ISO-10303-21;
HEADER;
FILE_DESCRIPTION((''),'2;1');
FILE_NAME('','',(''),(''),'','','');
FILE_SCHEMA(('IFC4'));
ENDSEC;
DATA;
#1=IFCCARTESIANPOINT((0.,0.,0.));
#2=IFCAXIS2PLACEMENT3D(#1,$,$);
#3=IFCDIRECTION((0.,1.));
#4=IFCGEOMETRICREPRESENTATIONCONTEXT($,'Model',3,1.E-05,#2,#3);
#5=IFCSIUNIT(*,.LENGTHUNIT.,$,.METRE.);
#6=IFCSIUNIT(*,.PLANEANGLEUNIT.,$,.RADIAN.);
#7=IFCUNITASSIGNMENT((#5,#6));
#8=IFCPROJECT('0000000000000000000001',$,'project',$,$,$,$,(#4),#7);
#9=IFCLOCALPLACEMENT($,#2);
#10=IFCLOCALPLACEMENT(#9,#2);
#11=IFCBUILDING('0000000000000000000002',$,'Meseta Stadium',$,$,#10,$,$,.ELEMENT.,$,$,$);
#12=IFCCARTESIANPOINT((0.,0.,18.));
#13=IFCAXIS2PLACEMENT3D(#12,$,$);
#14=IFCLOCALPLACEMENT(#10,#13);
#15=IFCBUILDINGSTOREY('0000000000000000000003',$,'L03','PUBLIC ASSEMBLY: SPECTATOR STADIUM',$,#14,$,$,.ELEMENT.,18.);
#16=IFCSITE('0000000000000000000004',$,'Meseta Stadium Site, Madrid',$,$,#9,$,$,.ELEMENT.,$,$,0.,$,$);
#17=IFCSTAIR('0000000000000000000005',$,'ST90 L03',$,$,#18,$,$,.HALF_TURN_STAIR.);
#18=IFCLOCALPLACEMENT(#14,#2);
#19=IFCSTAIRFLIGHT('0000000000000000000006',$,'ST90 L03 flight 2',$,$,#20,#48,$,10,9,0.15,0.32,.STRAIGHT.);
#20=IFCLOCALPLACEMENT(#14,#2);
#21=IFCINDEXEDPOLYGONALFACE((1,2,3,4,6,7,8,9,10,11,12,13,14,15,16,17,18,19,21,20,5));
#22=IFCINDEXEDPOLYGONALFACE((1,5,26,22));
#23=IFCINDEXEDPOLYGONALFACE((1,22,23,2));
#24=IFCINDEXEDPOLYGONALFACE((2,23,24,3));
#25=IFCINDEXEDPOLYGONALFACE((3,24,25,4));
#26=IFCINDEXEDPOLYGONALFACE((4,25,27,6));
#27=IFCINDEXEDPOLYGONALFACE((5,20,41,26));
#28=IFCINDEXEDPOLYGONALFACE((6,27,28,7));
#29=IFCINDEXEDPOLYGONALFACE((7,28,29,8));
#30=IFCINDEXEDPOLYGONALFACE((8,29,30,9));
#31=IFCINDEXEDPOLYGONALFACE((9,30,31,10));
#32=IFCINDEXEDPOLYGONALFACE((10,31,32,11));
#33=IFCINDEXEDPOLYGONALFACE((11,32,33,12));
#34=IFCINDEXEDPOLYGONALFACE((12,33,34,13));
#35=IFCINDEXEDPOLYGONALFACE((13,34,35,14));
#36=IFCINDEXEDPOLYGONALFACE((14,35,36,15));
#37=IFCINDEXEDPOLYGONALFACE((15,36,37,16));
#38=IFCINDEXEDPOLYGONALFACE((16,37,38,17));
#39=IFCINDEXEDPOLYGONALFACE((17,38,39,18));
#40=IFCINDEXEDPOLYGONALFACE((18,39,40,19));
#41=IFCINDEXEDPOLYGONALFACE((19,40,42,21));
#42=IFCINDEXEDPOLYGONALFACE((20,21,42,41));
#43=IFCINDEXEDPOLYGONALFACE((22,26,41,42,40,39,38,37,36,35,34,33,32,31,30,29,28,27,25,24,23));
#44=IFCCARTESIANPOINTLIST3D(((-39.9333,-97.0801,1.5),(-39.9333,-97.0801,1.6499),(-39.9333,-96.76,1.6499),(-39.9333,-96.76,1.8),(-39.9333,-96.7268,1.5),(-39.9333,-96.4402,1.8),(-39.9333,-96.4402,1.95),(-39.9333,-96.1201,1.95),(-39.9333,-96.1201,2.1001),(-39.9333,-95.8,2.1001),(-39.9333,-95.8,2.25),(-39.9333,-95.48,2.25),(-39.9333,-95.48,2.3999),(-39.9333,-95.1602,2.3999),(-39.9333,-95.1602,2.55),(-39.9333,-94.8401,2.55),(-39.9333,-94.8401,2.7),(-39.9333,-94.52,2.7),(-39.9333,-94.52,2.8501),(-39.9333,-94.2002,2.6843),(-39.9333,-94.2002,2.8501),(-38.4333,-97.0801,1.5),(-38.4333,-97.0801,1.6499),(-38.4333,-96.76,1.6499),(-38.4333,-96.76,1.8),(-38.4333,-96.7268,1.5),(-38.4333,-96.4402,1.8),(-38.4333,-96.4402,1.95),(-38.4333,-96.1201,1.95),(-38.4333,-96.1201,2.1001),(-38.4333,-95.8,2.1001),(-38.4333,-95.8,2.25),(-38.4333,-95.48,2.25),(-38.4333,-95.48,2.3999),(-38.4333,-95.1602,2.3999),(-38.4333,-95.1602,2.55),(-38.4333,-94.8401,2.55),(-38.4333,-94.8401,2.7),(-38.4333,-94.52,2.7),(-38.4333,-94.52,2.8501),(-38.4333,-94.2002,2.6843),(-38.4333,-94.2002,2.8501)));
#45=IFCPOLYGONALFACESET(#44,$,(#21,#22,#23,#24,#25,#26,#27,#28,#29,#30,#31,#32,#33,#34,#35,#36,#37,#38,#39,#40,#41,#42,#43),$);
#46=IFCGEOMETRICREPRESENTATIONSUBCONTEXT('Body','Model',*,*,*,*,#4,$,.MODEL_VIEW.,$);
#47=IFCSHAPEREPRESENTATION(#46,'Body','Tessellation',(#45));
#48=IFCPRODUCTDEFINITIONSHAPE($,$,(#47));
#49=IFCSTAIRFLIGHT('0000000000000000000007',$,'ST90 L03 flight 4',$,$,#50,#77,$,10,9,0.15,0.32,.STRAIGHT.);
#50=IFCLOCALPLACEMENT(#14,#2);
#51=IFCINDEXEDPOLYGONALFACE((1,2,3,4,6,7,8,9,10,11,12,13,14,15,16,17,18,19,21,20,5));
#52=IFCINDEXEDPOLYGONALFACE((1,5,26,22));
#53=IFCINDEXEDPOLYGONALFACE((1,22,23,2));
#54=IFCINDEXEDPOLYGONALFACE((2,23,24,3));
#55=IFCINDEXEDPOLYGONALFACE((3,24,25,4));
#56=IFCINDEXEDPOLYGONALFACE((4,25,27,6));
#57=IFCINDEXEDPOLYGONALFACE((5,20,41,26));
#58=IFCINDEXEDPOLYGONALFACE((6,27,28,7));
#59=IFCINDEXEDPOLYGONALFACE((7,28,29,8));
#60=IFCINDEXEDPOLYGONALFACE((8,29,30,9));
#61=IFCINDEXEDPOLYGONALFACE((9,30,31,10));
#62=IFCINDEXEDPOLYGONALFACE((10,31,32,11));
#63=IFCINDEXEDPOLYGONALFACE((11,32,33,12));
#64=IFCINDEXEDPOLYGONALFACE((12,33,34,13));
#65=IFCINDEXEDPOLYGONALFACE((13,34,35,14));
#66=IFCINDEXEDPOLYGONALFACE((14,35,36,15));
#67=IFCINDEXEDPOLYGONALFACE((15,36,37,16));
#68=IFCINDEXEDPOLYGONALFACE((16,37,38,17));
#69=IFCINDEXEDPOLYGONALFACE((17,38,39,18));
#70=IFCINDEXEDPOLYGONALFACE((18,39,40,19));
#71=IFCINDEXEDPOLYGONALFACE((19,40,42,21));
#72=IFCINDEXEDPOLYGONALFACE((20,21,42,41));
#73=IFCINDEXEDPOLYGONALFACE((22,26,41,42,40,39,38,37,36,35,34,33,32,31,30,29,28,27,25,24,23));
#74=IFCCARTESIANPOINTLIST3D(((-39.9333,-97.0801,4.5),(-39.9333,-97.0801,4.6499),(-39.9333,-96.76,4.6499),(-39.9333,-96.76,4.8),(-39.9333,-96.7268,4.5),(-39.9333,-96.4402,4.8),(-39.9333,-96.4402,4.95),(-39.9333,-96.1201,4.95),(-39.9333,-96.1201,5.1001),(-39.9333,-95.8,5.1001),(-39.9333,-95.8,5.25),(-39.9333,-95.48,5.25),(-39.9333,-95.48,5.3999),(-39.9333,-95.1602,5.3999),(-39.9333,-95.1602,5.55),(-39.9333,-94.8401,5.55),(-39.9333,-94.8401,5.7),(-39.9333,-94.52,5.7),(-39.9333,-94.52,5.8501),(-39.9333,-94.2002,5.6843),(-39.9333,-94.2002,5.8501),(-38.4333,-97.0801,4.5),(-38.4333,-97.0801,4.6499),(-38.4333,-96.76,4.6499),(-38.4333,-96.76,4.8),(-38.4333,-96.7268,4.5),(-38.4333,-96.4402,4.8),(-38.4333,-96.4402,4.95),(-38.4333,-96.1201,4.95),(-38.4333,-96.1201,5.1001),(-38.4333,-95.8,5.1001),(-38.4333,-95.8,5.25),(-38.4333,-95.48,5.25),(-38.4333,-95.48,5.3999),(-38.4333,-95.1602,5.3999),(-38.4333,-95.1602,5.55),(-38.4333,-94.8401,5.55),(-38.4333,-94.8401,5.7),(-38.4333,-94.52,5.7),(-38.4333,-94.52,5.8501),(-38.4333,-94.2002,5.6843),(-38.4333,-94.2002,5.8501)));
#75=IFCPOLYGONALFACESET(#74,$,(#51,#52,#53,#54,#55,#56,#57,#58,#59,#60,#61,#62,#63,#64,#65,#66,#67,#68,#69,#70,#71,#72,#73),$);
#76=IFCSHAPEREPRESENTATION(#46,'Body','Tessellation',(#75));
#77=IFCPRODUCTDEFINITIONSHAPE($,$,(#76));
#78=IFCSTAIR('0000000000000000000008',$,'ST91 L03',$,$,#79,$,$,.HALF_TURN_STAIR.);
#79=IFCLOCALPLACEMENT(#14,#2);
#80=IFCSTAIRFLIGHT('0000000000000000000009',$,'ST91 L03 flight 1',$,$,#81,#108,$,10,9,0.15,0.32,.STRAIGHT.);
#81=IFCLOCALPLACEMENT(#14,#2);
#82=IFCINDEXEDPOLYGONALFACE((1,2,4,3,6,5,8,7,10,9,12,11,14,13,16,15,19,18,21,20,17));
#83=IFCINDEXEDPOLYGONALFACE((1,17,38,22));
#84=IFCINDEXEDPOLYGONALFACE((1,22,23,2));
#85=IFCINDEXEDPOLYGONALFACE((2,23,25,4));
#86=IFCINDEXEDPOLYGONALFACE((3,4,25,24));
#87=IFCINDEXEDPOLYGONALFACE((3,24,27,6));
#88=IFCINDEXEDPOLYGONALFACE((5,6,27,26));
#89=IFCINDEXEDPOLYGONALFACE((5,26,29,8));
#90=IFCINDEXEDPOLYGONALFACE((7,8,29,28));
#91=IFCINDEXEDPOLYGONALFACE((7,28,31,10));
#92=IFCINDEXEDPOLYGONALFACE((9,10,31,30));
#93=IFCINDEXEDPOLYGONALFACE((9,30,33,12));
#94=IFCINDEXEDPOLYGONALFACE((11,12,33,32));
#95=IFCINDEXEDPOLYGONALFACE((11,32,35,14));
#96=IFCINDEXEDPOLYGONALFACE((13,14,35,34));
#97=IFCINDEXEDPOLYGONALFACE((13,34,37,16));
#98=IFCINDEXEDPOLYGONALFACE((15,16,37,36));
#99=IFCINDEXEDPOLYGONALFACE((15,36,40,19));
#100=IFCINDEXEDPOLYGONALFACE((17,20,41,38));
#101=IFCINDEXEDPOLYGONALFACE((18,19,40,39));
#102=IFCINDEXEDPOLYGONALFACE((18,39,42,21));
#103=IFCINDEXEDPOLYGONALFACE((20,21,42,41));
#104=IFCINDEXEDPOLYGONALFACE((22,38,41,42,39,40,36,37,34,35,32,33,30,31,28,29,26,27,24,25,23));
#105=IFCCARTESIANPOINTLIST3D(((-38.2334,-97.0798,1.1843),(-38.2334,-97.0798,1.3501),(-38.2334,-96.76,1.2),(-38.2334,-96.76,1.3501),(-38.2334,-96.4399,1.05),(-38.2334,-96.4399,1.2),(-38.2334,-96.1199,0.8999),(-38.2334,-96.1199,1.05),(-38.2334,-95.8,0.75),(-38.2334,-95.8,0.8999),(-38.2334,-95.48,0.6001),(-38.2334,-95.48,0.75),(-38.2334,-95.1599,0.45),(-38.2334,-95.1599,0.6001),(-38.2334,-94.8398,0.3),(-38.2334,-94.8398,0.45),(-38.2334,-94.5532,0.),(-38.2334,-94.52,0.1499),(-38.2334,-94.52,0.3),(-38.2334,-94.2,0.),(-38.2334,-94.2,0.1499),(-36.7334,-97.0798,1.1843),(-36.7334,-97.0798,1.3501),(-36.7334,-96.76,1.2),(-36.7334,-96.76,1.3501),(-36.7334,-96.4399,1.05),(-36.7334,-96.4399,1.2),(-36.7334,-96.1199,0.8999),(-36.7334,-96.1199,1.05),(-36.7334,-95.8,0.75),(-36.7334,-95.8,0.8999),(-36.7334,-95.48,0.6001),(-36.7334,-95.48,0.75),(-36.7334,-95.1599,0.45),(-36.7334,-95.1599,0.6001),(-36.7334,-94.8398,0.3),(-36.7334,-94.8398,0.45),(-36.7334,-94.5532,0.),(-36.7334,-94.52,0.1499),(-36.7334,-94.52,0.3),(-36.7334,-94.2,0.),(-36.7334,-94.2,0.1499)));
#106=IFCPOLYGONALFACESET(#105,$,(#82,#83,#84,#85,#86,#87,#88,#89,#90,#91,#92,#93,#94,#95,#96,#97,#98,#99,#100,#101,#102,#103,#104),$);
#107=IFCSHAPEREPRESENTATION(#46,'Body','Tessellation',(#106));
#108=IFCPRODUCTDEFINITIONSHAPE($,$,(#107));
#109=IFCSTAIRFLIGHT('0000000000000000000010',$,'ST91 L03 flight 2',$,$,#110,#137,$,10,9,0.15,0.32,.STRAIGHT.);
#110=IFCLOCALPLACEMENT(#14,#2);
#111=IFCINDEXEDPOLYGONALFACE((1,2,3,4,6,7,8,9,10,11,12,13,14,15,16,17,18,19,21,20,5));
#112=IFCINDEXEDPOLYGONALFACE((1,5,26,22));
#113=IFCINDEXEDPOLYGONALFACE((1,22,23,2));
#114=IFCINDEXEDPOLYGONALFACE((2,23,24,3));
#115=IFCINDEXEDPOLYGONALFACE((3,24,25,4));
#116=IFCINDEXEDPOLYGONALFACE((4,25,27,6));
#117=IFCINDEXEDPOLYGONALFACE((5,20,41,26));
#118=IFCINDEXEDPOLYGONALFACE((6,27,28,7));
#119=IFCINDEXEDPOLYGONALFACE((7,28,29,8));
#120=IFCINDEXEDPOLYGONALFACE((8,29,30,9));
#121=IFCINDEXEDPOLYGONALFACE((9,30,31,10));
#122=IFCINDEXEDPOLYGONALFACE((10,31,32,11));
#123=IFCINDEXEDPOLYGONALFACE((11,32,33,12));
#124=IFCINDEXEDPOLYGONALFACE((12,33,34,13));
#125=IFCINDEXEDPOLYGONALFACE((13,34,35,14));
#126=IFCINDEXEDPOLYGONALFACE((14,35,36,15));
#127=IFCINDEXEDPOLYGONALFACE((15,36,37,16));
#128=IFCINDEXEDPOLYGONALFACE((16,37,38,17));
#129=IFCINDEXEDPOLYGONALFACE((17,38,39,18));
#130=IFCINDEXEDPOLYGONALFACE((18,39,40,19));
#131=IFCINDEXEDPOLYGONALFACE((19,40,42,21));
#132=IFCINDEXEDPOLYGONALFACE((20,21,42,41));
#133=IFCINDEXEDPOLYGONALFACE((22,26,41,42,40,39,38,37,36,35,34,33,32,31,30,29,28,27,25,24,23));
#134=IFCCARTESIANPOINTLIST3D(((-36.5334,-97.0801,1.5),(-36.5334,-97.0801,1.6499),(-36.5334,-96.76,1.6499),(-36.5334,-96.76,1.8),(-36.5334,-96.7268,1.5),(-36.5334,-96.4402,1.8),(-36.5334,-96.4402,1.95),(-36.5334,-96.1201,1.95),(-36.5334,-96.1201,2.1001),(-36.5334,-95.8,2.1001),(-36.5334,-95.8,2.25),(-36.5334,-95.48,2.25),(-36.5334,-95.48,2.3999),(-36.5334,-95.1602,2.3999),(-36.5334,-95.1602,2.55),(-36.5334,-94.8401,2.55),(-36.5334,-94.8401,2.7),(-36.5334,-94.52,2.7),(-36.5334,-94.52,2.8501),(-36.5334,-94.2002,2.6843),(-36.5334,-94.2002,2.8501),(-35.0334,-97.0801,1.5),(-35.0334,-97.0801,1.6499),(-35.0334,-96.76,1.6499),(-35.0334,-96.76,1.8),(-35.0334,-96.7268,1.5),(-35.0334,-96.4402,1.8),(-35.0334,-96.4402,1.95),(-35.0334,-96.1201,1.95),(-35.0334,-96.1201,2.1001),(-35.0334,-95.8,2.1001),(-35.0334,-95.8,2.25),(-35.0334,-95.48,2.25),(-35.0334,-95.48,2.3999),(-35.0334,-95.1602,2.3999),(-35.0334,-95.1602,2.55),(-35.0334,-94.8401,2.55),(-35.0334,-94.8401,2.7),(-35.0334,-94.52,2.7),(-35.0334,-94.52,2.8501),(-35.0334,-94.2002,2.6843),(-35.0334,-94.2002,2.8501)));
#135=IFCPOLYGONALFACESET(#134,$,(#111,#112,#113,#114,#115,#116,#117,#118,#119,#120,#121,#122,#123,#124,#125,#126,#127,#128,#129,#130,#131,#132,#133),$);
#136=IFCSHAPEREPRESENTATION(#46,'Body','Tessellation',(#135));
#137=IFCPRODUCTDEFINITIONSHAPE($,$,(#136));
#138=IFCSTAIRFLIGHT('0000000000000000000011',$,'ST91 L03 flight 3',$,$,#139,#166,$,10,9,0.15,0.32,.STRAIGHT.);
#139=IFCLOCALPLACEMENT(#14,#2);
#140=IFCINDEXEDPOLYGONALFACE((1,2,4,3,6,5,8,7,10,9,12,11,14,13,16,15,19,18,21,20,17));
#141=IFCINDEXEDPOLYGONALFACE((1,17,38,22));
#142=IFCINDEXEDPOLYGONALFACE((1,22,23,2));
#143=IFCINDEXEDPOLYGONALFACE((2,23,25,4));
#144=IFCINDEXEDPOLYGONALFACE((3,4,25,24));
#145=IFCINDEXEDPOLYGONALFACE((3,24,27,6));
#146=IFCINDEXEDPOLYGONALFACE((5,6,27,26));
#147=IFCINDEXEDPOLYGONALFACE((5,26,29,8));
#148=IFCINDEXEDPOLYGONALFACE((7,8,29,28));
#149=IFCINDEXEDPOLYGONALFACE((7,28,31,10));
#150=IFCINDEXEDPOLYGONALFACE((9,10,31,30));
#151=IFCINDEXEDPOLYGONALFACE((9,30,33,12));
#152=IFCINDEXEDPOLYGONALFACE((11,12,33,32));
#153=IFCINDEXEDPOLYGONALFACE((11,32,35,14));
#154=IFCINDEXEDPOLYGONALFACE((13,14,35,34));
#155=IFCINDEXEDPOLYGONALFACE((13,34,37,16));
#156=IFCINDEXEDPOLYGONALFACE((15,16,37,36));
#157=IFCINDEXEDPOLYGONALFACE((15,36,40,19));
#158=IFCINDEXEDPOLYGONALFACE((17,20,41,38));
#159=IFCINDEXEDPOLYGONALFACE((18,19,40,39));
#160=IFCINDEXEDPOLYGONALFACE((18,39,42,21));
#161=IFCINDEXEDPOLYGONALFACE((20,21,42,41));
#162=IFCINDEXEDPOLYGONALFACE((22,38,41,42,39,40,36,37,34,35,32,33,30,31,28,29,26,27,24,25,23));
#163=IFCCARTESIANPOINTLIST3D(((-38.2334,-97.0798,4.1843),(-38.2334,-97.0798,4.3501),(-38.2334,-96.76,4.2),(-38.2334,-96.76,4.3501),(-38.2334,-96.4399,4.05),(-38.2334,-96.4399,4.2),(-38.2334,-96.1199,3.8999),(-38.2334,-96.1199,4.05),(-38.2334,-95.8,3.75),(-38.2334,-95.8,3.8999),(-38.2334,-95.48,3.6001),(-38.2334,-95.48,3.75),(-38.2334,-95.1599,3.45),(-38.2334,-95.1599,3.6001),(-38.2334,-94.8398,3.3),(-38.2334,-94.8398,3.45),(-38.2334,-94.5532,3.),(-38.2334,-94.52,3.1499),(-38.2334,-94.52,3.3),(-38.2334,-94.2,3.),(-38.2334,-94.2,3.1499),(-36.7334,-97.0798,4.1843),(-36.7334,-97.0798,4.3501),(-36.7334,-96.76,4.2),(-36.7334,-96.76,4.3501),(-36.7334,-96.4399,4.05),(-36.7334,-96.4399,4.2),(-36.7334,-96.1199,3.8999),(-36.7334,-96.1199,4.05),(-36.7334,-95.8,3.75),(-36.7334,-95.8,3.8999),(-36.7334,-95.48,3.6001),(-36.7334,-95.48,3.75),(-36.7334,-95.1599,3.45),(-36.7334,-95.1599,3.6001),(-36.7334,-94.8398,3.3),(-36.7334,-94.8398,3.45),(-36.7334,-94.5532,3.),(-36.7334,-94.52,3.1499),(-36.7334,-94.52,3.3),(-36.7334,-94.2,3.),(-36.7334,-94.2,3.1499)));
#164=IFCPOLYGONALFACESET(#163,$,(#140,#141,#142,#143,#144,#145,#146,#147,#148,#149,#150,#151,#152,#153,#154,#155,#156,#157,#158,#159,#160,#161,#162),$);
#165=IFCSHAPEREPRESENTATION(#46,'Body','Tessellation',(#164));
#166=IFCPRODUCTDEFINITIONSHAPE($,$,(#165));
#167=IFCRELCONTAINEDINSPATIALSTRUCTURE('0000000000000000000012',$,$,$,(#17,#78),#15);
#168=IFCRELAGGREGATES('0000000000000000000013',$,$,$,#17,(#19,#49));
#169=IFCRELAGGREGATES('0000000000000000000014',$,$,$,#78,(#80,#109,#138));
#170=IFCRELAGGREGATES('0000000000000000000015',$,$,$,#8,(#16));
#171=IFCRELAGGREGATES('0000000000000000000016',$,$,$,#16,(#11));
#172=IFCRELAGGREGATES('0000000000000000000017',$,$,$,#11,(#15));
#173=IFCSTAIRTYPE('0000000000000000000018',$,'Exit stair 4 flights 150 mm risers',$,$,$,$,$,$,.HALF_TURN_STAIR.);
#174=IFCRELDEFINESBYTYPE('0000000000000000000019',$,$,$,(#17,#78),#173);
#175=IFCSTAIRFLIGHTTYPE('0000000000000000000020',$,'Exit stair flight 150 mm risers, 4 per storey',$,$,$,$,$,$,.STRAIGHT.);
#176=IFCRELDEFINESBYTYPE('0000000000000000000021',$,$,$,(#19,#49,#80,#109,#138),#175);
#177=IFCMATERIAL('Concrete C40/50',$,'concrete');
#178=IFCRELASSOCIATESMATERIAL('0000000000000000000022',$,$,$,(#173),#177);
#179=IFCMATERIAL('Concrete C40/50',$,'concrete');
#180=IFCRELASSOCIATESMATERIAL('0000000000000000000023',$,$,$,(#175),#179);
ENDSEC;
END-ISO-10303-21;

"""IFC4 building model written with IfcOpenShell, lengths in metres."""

from ifc_helpers import new_model, si_unit, direction, frame, origin, place, context, subcontext, project, spatial, polyline, outline, extrude, material, type_object, element, aggregate, save


model = new_model("IFC4")

# Units and contexts
model_context = context("Model", 3, precision=1e-05, world=origin(), true_north=direction((0.0, 1.0)))
body_context = subcontext(model_context, "Body", "Model", "MODEL_VIEW")
ifc_project = project(units=[si_unit("LENGTHUNIT", "METRE"), si_unit("PLANEANGLEUNIT", "RADIAN")], contexts=[model_context])

# Site, building, storey
site_placement = place(None, origin())
site = spatial("IfcSite", under=ifc_project, at=site_placement, Name="Meseta Stadium Site, Madrid", CompositionType="ELEMENT", RefElevation=0.0)
building_placement = place(site_placement, origin())
building = spatial("IfcBuilding", under=site, at=building_placement, Name="Meseta Stadium", CompositionType="ELEMENT")
storey_placement = place(building_placement, frame((0.0, 0.0, 18.0)))
storey = spatial("IfcBuildingStorey", under=building, at=storey_placement, Name="L03", Description="PUBLIC ASSEMBLY: SPECTATOR STADIUM", CompositionType="ELEMENT", Elevation=18.0)

# Stairs, stair flights
ifc_material_1 = material(Name="Concrete C40/50", Category="concrete")
stair_type = type_object("IfcStairType", Name="Exit stair 4 flights 150 mm risers", PredefinedType="HALF_TURN_STAIR", material=ifc_material_1)
stair_1_placement = place(storey_placement, origin())
stair_1 = element("IfcStair", 1, at=stair_1_placement, inside=storey, type_object=stair_type, Name="ST90 L03", PredefinedType="HALF_TURN_STAIR")
ifc_material_2 = material(Name="Concrete C40/50", Category="concrete")
stair_flight_type = type_object("IfcStairFlightType", Name="Exit stair flight 150 mm risers, 4 per storey", PredefinedType="STRAIGHT", material=ifc_material_2)
stair_flight_1_placement = place(storey_placement, frame((-39.1833, -97.0801, 1.5), z_axis=(0.0, 0.0, 1.0), x_axis=(0.0, 1.0, 0.0)))
stair_flight_1 = element("IfcStairFlight", 2, at=stair_flight_1_placement, type_object=stair_flight_type, Name="ST90 L03 flight 2", NumberOfRisers=10, NumberOfTreads=9, PredefinedType="STRAIGHT", RiserHeight=0.15, TreadLength=0.32, context=body_context, shape_type="SweptSolid", body=[
    extrude(outline(polyline([(0.0, 0.0), (0.0, 0.1499), (0.3201, 0.1499), (0.3201, 0.3), (0.6399, 0.3), (0.6399, 0.45), (0.96, 0.45), (0.96, 0.6001), (1.28, 0.6001), (1.28, 0.75), (1.6001, 0.75), (1.6001, 0.8999), (1.9199, 0.8999), (1.9199, 1.05), (2.24, 1.05), (2.24, 1.2), (2.5601, 1.2), (2.5601, 1.3501), (2.8799, 1.3501), (2.8799, 1.1843), (0.3533, 0.0), (0.0, 0.0)])), frame((0.0, 0.75, 0.0), z_axis=(0.0, -1.0, 0.0), x_axis=(1.0, 0.0, 0.0)), (0.0, 0.0, 1.0), 1.5),
])
stair_flight_2_placement = place(storey_placement, frame((-39.1833, -97.0801, 4.5), z_axis=(0.0, 0.0, 1.0), x_axis=(0.0, 1.0, 0.0)))
stair_flight_2 = element("IfcStairFlight", 3, at=stair_flight_2_placement, type_object=stair_flight_type, Name="ST90 L03 flight 4", NumberOfRisers=10, NumberOfTreads=9, PredefinedType="STRAIGHT", RiserHeight=0.15, TreadLength=0.32, context=body_context, shape_type="SweptSolid", body=[
    extrude(outline(polyline([(0.0, 0.0), (0.0, 0.1499), (0.3201, 0.1499), (0.3201, 0.3), (0.6399, 0.3), (0.6399, 0.45), (0.96, 0.45), (0.96, 0.6001), (1.28, 0.6001), (1.28, 0.75), (1.6001, 0.75), (1.6001, 0.8999), (1.9199, 0.8999), (1.9199, 1.05), (2.24, 1.05), (2.24, 1.2), (2.5601, 1.2), (2.5601, 1.3501), (2.8799, 1.3501), (2.8799, 1.1843), (0.3533, 0.0), (0.0, 0.0)])), frame((0.0, 0.75, 0.0), z_axis=(0.0, -1.0, 0.0), x_axis=(1.0, 0.0, 0.0)), (0.0, 0.0, 1.0), 1.5),
])
aggregate(stair_1, [stair_flight_1, stair_flight_2])
stair_2_placement = place(storey_placement, origin())
stair_2 = element("IfcStair", 4, at=stair_2_placement, inside=storey, type_object=stair_type, Name="ST91 L03", PredefinedType="HALF_TURN_STAIR")
stair_flight_3_placement = place(storey_placement, frame((-37.4834, -94.2, 0.0), z_axis=(0.0, 0.0, 1.0), x_axis=(0.0, -1.0, 0.0)))
stair_flight_3 = element("IfcStairFlight", 5, at=stair_flight_3_placement, type_object=stair_flight_type, Name="ST91 L03 flight 1", NumberOfRisers=10, NumberOfTreads=9, PredefinedType="STRAIGHT", RiserHeight=0.15, TreadLength=0.32, context=body_context, shape_type="SweptSolid", body=[
    extrude(outline(polyline([(0.0, 0.0), (0.0, 0.1499), (0.3201, 0.1499), (0.3201, 0.3), (0.6399, 0.3), (0.6399, 0.45), (0.96, 0.45), (0.96, 0.6001), (1.28, 0.6001), (1.28, 0.75), (1.6001, 0.75), (1.6001, 0.8999), (1.9199, 0.8999), (1.9199, 1.05), (2.24, 1.05), (2.24, 1.2), (2.5601, 1.2), (2.5601, 1.3501), (2.8799, 1.3501), (2.8799, 1.1843), (0.3533, 0.0), (0.0, 0.0)])), frame((0.0, 0.75, 0.0), z_axis=(0.0, -1.0, 0.0), x_axis=(1.0, 0.0, 0.0)), (0.0, 0.0, 1.0), 1.5),
])
stair_flight_4_placement = place(storey_placement, frame((-35.7834, -97.0801, 1.5), z_axis=(0.0, 0.0, 1.0), x_axis=(0.0, 1.0, 0.0)))
stair_flight_4 = element("IfcStairFlight", 6, at=stair_flight_4_placement, type_object=stair_flight_type, Name="ST91 L03 flight 2", NumberOfRisers=10, NumberOfTreads=9, PredefinedType="STRAIGHT", RiserHeight=0.15, TreadLength=0.32, context=body_context, shape_type="SweptSolid", body=[
    extrude(outline(polyline([(0.0, 0.0), (0.0, 0.1499), (0.3201, 0.1499), (0.3201, 0.3), (0.6399, 0.3), (0.6399, 0.45), (0.96, 0.45), (0.96, 0.6001), (1.28, 0.6001), (1.28, 0.75), (1.6001, 0.75), (1.6001, 0.8999), (1.9199, 0.8999), (1.9199, 1.05), (2.24, 1.05), (2.24, 1.2), (2.5601, 1.2), (2.5601, 1.3501), (2.8799, 1.3501), (2.8799, 1.1843), (0.3533, 0.0), (0.0, 0.0)])), frame((0.0, 0.75, 0.0), z_axis=(0.0, -1.0, 0.0), x_axis=(1.0, 0.0, 0.0)), (0.0, 0.0, 1.0), 1.5),
])
stair_flight_5_placement = place(storey_placement, frame((-37.4834, -94.2, 3.0), z_axis=(0.0, 0.0, 1.0), x_axis=(0.0, -1.0, 0.0)))
stair_flight_5 = element("IfcStairFlight", 7, at=stair_flight_5_placement, type_object=stair_flight_type, Name="ST91 L03 flight 3", NumberOfRisers=10, NumberOfTreads=9, PredefinedType="STRAIGHT", RiserHeight=0.15, TreadLength=0.32, context=body_context, shape_type="SweptSolid", body=[
    extrude(outline(polyline([(0.0, 0.0), (0.0, 0.1499), (0.3201, 0.1499), (0.3201, 0.3), (0.6399, 0.3), (0.6399, 0.45), (0.96, 0.45), (0.96, 0.6001), (1.28, 0.6001), (1.28, 0.75), (1.6001, 0.75), (1.6001, 0.8999), (1.9199, 0.8999), (1.9199, 1.05), (2.24, 1.05), (2.24, 1.2), (2.5601, 1.2), (2.5601, 1.3501), (2.8799, 1.3501), (2.8799, 1.1843), (0.3533, 0.0), (0.0, 0.0)])), frame((0.0, 0.75, 0.0), z_axis=(0.0, -1.0, 0.0), x_axis=(1.0, 0.0, 0.0)), (0.0, 0.0, 1.0), 1.5),
])
aggregate(stair_2, [stair_flight_3, stair_flight_4, stair_flight_5])

save(model, "model.ifc")
